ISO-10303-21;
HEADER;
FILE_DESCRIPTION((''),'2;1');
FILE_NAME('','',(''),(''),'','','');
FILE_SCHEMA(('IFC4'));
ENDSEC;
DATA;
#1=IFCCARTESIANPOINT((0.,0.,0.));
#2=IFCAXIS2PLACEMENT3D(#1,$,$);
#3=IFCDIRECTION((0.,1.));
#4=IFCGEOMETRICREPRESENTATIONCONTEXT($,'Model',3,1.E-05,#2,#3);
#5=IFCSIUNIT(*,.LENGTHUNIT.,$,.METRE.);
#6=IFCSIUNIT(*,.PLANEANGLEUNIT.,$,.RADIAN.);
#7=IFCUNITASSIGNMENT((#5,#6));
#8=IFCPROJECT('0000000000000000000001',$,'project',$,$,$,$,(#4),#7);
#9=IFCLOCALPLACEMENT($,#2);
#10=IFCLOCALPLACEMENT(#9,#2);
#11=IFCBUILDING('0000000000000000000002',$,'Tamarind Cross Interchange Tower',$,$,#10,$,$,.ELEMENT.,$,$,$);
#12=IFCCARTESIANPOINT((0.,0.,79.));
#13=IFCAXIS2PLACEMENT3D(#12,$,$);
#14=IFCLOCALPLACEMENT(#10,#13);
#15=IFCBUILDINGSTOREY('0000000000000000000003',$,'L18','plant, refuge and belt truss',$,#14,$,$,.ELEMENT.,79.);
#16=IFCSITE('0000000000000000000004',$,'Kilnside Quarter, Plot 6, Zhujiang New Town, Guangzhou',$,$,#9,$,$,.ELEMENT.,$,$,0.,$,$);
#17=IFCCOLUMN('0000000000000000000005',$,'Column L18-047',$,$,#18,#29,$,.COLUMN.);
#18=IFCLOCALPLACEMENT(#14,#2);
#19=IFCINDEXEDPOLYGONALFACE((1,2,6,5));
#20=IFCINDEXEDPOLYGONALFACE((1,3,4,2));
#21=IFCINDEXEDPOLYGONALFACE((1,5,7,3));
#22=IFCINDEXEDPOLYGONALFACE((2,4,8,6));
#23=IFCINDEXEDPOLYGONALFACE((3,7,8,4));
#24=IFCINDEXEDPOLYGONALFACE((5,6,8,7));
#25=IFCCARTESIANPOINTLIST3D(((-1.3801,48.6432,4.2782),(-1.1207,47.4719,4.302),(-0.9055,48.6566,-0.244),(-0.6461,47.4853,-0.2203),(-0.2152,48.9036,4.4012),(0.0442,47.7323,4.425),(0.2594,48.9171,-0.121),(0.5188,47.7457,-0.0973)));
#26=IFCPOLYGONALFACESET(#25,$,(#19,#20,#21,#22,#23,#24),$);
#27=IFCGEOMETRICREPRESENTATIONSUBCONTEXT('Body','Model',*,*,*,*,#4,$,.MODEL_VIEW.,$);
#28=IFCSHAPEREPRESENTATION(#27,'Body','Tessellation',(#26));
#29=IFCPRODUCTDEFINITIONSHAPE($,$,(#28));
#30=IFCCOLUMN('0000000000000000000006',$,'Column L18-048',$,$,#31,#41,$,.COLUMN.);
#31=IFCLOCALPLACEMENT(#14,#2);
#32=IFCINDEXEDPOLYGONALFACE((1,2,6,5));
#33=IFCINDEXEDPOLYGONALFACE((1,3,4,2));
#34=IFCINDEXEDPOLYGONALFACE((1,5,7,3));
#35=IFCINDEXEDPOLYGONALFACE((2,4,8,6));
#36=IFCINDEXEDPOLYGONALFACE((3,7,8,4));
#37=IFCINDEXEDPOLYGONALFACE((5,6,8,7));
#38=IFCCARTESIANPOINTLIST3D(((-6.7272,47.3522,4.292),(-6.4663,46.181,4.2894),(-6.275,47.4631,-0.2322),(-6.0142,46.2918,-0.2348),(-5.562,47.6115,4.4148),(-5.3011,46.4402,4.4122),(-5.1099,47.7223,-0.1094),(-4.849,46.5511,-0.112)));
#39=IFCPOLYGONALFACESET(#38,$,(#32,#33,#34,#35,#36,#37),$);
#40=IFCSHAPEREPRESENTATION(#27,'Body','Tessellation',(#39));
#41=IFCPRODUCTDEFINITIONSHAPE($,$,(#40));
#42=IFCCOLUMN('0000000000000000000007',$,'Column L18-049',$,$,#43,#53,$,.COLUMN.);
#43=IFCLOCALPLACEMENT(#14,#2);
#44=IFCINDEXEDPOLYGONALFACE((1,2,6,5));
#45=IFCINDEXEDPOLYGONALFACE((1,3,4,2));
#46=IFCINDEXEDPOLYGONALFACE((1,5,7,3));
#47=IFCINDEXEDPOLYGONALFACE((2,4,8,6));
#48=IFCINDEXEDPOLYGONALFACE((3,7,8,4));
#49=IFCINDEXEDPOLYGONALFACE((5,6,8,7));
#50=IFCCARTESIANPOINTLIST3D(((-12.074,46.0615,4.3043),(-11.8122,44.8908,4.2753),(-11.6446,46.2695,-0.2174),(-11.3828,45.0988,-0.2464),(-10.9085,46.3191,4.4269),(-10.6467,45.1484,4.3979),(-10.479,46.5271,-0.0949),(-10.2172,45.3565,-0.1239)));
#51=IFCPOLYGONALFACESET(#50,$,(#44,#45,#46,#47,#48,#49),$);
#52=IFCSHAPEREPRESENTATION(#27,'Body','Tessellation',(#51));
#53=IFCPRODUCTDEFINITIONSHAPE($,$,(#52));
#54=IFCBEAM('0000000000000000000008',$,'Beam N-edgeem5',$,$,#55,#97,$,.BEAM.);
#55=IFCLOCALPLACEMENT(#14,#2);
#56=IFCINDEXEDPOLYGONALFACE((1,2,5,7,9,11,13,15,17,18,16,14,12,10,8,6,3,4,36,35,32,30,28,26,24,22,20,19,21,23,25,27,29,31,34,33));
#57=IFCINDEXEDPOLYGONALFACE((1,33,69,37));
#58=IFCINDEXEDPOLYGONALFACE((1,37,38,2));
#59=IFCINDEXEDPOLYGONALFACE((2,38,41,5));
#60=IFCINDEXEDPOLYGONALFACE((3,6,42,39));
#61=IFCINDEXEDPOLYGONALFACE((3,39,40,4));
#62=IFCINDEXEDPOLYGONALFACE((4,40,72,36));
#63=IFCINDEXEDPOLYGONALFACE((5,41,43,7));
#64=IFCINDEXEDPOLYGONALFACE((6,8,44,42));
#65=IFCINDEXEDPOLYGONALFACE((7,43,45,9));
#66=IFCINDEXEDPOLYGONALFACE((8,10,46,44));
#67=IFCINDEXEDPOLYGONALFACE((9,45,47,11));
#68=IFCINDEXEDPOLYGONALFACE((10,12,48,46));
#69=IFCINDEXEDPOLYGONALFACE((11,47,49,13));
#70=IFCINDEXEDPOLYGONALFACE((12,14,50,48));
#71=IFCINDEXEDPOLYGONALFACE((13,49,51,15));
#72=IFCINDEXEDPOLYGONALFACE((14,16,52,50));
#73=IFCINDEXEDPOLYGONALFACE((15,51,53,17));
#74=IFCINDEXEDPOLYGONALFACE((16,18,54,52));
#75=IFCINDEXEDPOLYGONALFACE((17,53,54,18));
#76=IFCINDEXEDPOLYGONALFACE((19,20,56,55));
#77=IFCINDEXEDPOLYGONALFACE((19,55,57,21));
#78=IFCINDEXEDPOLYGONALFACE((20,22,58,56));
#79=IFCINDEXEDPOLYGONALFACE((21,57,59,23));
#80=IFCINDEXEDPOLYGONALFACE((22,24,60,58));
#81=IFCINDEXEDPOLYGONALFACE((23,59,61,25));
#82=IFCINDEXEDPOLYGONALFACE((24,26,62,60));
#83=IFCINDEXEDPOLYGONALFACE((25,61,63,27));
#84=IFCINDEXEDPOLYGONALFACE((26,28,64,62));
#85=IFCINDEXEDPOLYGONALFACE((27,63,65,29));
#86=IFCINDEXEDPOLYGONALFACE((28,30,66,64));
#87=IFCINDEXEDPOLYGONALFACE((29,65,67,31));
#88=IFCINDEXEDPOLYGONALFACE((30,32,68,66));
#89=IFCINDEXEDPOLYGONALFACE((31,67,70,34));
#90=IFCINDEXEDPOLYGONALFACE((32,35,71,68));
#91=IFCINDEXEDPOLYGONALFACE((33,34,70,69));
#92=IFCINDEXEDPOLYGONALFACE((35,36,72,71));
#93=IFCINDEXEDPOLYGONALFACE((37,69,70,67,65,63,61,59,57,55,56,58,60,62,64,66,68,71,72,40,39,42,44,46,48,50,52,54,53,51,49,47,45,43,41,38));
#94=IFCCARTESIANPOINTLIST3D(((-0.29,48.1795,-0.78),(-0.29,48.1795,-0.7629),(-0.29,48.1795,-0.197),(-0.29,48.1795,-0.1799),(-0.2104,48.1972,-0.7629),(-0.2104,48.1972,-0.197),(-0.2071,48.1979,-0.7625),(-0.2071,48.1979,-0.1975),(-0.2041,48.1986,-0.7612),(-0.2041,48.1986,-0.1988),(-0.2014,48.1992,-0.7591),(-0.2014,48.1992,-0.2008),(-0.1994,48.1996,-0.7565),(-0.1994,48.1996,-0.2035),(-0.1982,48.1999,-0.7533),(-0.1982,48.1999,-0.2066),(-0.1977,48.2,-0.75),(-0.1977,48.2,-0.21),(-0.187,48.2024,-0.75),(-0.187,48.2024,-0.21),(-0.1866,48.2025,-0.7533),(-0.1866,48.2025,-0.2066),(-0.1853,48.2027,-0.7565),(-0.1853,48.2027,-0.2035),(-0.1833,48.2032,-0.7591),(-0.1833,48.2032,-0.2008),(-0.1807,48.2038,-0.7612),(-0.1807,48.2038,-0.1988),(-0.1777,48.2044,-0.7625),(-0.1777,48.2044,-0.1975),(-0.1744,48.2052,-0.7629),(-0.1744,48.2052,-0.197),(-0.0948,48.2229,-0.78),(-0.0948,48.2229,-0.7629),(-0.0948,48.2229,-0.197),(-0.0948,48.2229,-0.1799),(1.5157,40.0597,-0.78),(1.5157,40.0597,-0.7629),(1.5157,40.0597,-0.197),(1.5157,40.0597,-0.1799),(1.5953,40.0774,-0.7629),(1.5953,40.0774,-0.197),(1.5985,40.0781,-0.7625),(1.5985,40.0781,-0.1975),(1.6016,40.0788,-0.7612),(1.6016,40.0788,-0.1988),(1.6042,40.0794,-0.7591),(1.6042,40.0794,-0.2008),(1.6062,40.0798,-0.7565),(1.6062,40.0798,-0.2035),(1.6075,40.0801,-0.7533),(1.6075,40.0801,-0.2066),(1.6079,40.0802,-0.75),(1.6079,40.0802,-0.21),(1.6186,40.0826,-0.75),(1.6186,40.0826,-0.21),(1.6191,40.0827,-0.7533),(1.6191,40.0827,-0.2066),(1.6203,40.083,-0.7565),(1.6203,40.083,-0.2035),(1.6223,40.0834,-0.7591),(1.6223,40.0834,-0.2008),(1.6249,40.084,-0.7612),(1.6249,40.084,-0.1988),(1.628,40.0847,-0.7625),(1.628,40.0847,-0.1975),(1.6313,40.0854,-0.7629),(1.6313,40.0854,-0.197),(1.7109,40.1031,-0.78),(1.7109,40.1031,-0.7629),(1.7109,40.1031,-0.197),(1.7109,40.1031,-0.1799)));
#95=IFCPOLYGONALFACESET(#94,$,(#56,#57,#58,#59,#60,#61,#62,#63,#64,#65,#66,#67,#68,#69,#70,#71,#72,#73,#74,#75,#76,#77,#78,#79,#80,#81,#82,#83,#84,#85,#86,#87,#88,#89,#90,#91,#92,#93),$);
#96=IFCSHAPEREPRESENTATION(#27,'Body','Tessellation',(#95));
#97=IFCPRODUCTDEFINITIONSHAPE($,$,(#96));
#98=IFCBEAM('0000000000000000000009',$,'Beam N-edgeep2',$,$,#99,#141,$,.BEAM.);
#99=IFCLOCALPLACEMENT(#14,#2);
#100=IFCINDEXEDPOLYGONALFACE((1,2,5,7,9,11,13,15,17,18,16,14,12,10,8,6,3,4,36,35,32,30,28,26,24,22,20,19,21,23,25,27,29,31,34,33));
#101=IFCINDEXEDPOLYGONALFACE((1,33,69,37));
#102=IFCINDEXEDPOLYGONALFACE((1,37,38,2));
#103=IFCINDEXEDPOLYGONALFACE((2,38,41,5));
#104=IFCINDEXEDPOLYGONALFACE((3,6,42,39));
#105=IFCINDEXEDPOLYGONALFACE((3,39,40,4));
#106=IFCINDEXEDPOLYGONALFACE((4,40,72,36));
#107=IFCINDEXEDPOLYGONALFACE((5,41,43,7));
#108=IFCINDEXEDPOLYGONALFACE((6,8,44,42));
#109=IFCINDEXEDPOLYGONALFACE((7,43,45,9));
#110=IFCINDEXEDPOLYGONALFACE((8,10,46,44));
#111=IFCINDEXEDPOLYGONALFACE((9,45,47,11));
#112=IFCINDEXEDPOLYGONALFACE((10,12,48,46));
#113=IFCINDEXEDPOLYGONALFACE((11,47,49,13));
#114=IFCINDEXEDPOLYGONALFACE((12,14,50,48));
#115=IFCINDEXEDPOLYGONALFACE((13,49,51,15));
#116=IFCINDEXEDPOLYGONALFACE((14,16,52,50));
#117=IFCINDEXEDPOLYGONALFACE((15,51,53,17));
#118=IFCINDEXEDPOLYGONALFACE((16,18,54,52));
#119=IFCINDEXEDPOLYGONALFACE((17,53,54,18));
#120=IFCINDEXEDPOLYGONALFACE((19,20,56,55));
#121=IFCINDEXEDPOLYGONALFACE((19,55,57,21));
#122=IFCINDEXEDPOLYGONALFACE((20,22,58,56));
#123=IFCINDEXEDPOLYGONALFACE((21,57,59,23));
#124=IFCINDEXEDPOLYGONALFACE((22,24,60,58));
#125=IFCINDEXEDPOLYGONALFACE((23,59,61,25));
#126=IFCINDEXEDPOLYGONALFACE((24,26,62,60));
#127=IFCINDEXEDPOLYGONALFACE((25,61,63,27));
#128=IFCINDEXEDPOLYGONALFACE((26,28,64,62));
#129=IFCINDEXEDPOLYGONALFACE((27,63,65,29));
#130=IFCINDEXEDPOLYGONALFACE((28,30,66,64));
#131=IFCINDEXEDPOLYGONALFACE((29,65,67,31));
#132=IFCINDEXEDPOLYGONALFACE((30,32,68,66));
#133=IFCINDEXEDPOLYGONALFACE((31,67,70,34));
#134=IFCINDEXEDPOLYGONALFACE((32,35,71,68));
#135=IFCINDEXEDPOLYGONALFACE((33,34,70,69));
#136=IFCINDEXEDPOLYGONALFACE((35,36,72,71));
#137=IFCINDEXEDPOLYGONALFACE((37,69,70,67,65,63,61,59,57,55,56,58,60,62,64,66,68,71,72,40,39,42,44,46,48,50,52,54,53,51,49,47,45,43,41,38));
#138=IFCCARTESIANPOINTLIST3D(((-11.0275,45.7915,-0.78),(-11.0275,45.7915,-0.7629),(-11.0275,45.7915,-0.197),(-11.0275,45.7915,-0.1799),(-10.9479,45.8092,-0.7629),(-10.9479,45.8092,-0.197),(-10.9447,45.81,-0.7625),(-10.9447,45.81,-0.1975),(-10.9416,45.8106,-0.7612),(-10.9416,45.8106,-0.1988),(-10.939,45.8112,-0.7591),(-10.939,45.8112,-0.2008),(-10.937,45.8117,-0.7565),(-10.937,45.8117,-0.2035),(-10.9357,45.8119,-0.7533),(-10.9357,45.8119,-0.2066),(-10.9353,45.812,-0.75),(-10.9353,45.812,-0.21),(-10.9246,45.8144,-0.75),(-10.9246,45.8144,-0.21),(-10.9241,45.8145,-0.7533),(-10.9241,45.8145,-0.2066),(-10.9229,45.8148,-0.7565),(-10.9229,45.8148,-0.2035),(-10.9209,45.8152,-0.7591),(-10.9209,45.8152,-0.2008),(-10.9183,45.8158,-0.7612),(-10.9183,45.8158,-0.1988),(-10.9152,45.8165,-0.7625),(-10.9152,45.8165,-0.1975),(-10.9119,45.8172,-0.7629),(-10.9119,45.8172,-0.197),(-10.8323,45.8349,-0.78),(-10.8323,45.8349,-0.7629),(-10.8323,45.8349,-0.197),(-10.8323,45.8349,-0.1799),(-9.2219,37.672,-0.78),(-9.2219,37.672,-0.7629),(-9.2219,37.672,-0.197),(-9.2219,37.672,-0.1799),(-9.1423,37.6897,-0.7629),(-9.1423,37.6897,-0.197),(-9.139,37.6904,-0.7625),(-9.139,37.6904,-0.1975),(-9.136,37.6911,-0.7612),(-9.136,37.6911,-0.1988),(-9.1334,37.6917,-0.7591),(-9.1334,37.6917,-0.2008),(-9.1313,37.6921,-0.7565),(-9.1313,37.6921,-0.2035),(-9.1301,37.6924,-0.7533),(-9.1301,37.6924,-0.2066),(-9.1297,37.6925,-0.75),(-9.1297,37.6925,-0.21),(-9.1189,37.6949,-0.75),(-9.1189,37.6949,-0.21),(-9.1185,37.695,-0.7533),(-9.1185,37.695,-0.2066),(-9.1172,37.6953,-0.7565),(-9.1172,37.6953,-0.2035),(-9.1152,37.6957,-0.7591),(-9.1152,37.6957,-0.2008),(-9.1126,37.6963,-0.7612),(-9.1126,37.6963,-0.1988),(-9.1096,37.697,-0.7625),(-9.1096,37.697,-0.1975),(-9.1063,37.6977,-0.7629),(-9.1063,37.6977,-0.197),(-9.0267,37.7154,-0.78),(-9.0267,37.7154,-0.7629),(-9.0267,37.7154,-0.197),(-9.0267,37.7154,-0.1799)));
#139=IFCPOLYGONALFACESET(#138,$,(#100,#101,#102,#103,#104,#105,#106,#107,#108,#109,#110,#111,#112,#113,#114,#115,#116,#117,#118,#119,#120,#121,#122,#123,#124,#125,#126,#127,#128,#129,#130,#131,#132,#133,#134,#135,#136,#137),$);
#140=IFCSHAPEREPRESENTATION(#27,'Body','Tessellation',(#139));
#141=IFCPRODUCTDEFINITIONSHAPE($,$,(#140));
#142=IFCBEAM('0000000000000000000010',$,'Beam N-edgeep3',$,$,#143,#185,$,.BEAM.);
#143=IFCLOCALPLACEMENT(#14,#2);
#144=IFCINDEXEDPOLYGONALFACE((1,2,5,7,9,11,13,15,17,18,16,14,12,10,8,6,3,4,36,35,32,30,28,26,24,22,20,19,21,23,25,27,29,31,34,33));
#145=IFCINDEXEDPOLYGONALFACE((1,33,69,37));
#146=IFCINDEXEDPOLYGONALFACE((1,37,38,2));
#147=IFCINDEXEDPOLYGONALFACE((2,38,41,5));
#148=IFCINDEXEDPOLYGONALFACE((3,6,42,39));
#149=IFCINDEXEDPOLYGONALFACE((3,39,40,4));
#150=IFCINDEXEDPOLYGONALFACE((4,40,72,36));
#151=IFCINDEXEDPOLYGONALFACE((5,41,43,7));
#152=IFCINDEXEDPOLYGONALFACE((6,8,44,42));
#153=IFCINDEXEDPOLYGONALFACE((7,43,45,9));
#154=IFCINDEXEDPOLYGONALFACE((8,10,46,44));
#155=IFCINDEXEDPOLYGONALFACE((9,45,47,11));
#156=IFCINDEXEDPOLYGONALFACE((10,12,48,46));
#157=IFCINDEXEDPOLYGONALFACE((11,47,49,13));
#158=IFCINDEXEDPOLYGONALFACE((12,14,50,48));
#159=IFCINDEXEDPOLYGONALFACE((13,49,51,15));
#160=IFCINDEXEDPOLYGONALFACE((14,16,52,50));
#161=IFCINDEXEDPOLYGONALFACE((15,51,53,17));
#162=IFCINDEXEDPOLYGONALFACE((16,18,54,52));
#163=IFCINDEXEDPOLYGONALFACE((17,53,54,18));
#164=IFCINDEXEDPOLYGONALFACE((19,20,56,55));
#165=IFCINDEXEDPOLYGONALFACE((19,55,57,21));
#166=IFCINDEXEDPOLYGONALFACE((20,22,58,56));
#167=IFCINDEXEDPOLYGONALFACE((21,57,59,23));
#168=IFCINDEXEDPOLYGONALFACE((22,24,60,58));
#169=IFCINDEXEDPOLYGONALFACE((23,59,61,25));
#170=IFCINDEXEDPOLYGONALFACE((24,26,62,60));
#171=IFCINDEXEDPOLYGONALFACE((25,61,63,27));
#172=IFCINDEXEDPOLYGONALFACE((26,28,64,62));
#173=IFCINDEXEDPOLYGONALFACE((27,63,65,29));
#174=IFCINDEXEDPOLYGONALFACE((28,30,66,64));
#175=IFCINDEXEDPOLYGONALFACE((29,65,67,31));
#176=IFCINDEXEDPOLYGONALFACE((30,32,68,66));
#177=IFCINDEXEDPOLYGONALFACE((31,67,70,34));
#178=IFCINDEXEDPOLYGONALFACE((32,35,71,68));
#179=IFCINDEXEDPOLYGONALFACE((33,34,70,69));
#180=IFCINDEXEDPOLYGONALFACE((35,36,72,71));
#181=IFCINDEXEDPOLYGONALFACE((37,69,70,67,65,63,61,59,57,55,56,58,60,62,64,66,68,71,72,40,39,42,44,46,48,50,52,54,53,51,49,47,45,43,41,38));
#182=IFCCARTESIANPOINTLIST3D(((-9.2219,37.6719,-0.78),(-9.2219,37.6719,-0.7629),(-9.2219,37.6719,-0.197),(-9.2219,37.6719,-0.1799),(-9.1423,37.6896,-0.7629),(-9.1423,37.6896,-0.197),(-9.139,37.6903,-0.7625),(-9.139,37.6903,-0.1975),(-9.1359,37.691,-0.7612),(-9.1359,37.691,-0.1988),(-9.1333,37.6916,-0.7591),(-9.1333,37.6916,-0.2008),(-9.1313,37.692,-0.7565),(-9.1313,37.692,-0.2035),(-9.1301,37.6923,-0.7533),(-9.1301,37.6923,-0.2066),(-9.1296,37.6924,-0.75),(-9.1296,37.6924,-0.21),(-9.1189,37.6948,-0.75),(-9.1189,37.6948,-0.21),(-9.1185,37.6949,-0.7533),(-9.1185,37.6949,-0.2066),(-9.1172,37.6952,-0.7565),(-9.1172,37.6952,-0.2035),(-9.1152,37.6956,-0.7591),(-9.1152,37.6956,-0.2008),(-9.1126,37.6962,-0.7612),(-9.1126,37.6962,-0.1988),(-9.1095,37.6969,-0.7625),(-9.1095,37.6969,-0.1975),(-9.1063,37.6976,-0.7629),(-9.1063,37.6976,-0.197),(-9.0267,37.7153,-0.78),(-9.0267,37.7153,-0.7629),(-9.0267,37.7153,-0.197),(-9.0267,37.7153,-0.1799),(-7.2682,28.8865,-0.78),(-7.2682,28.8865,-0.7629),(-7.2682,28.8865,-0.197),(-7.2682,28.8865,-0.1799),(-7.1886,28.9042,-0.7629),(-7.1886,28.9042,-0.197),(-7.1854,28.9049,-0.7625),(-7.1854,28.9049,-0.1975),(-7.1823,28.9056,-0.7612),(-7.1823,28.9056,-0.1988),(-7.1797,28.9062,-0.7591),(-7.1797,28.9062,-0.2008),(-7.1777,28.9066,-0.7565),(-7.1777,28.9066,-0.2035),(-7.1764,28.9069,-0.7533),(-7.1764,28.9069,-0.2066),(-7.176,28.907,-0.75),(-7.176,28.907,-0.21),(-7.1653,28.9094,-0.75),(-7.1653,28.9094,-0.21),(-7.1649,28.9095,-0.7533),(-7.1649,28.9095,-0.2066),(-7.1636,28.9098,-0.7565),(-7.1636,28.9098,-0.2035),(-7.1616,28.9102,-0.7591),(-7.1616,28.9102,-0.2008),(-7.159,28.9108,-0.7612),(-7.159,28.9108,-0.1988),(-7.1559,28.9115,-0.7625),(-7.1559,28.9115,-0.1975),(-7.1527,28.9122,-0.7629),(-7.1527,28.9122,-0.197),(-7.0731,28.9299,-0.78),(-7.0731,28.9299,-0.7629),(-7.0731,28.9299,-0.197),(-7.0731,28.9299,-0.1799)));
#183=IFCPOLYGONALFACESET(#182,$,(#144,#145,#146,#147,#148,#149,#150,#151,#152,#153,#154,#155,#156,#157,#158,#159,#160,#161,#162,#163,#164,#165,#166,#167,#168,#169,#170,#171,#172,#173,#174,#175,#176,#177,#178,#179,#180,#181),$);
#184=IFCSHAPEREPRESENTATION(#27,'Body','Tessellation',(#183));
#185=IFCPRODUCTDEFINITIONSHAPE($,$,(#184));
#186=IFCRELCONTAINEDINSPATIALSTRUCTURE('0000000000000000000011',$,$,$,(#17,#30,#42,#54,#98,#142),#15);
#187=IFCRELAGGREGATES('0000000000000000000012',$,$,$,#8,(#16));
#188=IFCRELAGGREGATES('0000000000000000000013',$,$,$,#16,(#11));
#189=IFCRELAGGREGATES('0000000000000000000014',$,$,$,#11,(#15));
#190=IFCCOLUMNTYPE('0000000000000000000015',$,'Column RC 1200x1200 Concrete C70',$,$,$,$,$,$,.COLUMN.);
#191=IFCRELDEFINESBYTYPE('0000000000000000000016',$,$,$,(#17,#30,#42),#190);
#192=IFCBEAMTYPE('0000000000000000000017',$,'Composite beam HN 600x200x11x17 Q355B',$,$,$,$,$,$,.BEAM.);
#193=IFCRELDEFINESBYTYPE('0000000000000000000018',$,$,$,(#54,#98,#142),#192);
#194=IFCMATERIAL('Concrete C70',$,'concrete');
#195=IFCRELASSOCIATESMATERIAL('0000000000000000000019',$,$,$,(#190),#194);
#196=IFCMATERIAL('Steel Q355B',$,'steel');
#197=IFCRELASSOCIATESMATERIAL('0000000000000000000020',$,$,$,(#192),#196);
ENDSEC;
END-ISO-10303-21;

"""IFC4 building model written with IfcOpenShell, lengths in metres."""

from ifc_helpers import new_model, si_unit, direction, frame, origin, origin_2d, place, context, subcontext, project, spatial, rectangle, i_section, extrude, material, material_profile, profile_set, type_object, element, save


model = new_model("IFC4")

# Units and contexts
model_context = context("Model", 3, precision=1e-05, world=origin(), true_north=direction((0.0, 1.0)))
body_context = subcontext(model_context, "Body", "Model", "MODEL_VIEW")
ifc_project = project(units=[si_unit("LENGTHUNIT", "METRE"), si_unit("PLANEANGLEUNIT", "RADIAN")], contexts=[model_context])

# Site, building, storey
site_placement = place(None, origin())
site = spatial("IfcSite", under=ifc_project, at=site_placement, Name="Kilnside Quarter, Plot 6, Zhujiang New Town, Guangzhou", CompositionType="ELEMENT", RefElevation=0.0)
building_placement = place(site_placement, origin())
building = spatial("IfcBuilding", under=site, at=building_placement, Name="Tamarind Cross Interchange Tower", CompositionType="ELEMENT")
storey_placement = place(building_placement, frame((0.0, 0.0, 79.0)))
storey = spatial("IfcBuildingStorey", under=building, at=storey_placement, Name="L18", Description="plant, refuge and belt truss", CompositionType="ELEMENT", Elevation=79.0)

# Columns
ifc_material_1 = material(Name="Concrete C70", Category="concrete")
ifc_material_profile_1 = material_profile(ifc_material_1, rectangle(XDim=1.2, YDim=1.2, at=origin_2d()), Name="RC 1200x1200")
ifc_profile_set_1 = profile_set([ifc_material_profile_1], Name="Concrete C70")
column_type = type_object("IfcColumnType", Name="Column RC 1200x1200 Concrete C70", PredefinedType="COLUMN", material=ifc_profile_set_1)
column_1_placement = place(storey_placement, frame((-0.1934, 48.2012, -0.1707), z_axis=(-0.104377, -0.002953, 0.994533), x_axis=(0.216165, -0.976156, 0.019788)))
element("IfcColumn", 1, at=column_1_placement, inside=storey, type_object=column_type, Name="Column L18-047", PredefinedType="COLUMN", context=body_context, shape_type="SweptSolid", body=[
    extrude(rectangle(XDim=1.2, YDim=1.2, at=origin_2d()), origin(), (0.0, 0.0, 1.0), 4.5471),
])
column_2_placement = place(storey_placement, frame((-5.562, 47.0071, -0.1721), z_axis=(-0.099416, -0.024371, 0.994747), x_axis=(0.971005, 0.216049, 0.102336)))
element("IfcColumn", 2, at=column_2_placement, inside=storey, type_object=column_type, Name="Column L18-048", PredefinedType="COLUMN", context=body_context, shape_type="SweptSolid", body=[
    extrude(rectangle(XDim=1.2, YDim=1.2, at=origin_2d()), origin(), (0.0, 0.0, 1.0), 4.5481),
])
column_3_placement = place(storey_placement, frame((-10.9309, 45.813, -0.1707), z_axis=(-0.094449, -0.045748, 0.994478), x_axis=(0.971328, 0.21469, 0.102126)))
element("IfcColumn", 3, at=column_3_placement, inside=storey, type_object=column_type, Name="Column L18-049", PredefinedType="COLUMN", context=body_context, shape_type="SweptSolid", body=[
    extrude(rectangle(XDim=1.2, YDim=1.2, at=origin_2d()), origin(), (0.0, 0.0, 1.0), 4.5469),
])

# Beams
ifc_material_2 = material(Name="Steel Q355B", Category="steel")
ifc_material_profile_2 = material_profile(ifc_material_2, i_section(OverallWidth=0.2, OverallDepth=0.6001, WebThickness=0.011, FlangeThickness=0.0171, FilletRadius=0.0129, at=origin_2d()), Name="HN 600x200x11x17")
ifc_profile_set_2 = profile_set([ifc_material_profile_2], Name="Steel Q355B")
beam_type_1 = type_object("IfcBeamType", Name="Composite beam HN 600x200x11x17 Q355B", PredefinedType="BEAM", material=ifc_profile_set_2)
beam_1_placement = place(storey_placement, frame((-0.1924, 48.2012, -0.48), z_axis=(0.217073, -0.976155, 0.0), x_axis=(0.976155, 0.217073, 0.0)))
element("IfcBeam", 4, at=beam_1_placement, inside=storey, type_object=beam_type_1, Name="Beam N-edgeem5", PredefinedType="BEAM", context=body_context, shape_type="SweptSolid", body=[
    extrude(i_section(OverallWidth=0.2, OverallDepth=0.6001, WebThickness=0.011, FlangeThickness=0.0171, FilletRadius=0.0129, at=origin_2d()), origin(), (0.0, 0.0, 1.0), 8.3181),
])
beam_2_placement = place(storey_placement, frame((-10.9299, 45.8132, -0.48), z_axis=(0.21708, -0.976154, 0.0), x_axis=(0.976154, 0.21708, 0.0)))
element("IfcBeam", 5, at=beam_2_placement, inside=storey, type_object=beam_type_1, Name="Beam N-edgeep2", PredefinedType="BEAM", context=body_context, shape_type="SweptSolid", body=[
    extrude(i_section(OverallWidth=0.2, OverallDepth=0.6001, WebThickness=0.011, FlangeThickness=0.0171, FilletRadius=0.0129, at=origin_2d()), origin(), (0.0, 0.0, 1.0), 8.3179),
])
beam_3_placement = place(storey_placement, frame((-9.1243, 37.6936, -0.48), z_axis=(0.217068, -0.976156, 0.0), x_axis=(0.976156, 0.217068, 0.0)))
element("IfcBeam", 6, at=beam_3_placement, inside=storey, type_object=beam_type_1, Name="Beam N-edgeep3", PredefinedType="BEAM", context=body_context, shape_type="SweptSolid", body=[
    extrude(i_section(OverallWidth=0.2, OverallDepth=0.6001, WebThickness=0.011, FlangeThickness=0.0171, FilletRadius=0.0129, at=origin_2d()), origin(), (0.0, 0.0, 1.0), 9.0),
])

save(model, "model.ifc")
